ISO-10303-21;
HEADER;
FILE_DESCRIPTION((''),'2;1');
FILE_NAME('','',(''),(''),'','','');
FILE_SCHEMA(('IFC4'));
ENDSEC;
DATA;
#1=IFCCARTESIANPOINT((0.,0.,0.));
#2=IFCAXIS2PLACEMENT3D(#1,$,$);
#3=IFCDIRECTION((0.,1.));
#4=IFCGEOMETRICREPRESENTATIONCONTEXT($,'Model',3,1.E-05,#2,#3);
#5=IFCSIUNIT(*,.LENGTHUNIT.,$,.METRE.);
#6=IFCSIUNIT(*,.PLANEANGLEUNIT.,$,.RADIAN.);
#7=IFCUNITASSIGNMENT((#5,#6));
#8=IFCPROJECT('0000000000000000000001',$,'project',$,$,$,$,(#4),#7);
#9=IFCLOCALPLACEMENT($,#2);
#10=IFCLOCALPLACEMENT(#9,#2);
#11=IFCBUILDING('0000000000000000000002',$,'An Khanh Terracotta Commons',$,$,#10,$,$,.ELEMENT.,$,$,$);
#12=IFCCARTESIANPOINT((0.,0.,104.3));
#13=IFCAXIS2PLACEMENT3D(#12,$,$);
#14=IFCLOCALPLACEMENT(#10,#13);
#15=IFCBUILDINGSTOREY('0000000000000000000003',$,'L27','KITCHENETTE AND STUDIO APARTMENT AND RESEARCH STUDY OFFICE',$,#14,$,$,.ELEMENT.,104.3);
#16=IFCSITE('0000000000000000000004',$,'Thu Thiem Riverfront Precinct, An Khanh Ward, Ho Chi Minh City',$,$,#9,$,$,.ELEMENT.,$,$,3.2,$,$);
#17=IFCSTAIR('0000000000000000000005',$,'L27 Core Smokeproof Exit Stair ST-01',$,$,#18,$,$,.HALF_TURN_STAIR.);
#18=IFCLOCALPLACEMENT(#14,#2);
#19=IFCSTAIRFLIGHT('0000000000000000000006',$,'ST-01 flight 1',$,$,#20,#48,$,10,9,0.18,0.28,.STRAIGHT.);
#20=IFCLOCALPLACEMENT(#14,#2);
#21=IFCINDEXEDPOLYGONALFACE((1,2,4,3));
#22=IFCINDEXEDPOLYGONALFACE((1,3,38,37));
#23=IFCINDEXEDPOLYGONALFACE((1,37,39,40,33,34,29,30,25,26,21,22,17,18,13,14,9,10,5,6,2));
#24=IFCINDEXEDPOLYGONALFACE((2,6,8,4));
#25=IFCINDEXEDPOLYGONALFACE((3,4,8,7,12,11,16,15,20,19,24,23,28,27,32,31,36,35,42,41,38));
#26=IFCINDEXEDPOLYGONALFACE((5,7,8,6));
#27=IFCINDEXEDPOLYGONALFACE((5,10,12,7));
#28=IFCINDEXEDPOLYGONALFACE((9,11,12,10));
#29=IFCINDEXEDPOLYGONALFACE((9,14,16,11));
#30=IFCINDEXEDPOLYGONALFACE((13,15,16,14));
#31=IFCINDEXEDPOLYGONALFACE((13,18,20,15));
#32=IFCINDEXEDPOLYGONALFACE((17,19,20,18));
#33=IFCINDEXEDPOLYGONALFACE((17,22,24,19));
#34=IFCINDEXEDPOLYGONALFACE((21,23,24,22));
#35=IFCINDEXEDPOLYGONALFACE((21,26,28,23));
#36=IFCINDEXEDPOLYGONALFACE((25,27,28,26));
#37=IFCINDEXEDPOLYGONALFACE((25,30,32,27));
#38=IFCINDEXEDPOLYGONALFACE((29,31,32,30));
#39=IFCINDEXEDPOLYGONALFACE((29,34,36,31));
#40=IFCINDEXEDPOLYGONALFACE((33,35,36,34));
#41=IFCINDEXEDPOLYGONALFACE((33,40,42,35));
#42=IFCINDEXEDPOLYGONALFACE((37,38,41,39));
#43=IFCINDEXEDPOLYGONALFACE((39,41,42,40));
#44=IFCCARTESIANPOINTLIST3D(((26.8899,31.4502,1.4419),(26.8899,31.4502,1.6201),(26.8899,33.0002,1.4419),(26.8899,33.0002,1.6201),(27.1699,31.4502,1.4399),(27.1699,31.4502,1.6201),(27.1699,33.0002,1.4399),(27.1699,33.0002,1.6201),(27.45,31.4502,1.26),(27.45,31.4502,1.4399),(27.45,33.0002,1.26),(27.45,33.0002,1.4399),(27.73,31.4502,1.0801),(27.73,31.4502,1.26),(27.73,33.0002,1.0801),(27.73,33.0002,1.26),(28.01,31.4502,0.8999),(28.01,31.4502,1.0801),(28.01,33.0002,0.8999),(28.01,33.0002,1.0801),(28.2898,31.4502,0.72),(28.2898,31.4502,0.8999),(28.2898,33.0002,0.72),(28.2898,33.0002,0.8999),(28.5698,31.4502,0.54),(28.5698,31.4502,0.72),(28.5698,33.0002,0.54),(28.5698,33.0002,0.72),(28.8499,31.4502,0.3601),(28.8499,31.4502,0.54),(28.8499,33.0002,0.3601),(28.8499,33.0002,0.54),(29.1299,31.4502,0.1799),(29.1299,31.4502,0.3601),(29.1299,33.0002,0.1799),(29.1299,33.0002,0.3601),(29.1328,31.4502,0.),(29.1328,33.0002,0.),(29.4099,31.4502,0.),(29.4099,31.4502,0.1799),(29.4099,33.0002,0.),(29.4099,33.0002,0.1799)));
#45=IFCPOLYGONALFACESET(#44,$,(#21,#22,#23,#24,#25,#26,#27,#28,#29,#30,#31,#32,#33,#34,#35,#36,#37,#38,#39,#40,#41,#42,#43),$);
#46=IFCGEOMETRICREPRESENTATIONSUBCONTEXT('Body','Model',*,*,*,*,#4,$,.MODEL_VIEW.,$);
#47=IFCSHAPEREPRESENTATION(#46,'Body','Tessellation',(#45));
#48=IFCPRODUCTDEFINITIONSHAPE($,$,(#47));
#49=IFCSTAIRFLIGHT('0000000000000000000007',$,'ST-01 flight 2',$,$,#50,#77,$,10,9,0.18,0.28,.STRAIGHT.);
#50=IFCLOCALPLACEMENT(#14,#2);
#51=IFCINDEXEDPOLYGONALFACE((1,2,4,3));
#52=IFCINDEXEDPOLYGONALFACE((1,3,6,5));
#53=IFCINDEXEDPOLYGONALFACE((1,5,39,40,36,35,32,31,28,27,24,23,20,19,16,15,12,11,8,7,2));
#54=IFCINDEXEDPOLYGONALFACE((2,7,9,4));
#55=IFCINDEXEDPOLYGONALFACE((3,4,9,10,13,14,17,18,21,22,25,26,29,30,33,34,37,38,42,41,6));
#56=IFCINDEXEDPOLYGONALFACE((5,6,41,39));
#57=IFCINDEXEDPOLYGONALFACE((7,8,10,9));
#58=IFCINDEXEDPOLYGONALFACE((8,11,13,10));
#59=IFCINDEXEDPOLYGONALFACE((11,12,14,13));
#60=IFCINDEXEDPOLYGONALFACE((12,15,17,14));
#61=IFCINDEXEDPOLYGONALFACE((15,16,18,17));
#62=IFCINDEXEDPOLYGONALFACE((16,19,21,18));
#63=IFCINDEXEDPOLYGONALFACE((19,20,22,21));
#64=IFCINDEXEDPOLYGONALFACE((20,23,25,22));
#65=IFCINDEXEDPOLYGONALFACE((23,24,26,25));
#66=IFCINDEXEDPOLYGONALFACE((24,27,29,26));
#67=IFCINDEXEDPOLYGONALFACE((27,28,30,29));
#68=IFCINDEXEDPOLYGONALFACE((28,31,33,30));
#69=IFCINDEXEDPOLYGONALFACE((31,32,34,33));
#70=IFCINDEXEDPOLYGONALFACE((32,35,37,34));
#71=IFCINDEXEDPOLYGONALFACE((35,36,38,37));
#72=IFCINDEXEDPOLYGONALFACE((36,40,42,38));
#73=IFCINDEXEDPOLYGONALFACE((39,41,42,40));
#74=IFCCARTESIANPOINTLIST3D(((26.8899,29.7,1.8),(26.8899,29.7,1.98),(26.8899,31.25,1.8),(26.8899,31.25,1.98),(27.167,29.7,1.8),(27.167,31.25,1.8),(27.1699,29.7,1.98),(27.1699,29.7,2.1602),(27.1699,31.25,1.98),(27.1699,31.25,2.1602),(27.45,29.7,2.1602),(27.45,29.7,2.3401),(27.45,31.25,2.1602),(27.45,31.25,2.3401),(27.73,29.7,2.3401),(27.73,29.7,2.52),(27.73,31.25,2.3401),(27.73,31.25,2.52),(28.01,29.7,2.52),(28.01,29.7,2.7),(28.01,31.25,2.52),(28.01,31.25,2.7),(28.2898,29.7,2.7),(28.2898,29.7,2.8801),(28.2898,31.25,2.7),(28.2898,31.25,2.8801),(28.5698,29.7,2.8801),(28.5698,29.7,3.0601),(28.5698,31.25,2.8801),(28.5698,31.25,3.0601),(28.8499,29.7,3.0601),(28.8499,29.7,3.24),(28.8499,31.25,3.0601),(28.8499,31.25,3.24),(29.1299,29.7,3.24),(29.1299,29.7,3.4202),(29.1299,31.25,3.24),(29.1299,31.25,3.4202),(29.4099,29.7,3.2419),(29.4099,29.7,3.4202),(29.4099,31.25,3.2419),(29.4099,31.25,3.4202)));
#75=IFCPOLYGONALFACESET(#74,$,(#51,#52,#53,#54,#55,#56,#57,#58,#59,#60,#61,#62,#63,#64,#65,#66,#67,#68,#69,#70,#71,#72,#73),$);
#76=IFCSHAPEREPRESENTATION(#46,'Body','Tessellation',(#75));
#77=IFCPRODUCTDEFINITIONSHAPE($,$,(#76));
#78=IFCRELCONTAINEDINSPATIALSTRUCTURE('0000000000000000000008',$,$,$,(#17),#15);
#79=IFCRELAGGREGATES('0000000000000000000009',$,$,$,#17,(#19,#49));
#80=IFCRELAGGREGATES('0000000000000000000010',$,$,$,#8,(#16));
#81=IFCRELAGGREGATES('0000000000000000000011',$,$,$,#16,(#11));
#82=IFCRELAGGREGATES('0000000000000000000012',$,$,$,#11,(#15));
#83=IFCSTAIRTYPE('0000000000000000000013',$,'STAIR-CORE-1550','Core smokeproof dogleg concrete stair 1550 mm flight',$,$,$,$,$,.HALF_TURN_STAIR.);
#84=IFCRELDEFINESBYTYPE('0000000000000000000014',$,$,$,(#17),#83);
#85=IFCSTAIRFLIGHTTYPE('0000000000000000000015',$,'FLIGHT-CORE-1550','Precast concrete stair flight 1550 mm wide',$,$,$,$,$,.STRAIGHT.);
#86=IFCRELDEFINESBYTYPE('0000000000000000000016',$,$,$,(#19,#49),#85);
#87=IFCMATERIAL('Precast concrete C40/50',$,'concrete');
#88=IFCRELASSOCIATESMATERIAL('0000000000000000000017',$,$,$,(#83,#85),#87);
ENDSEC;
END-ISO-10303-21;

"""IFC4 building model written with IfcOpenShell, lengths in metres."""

from ifc_helpers import new_model, si_unit, direction, frame, origin, place, context, subcontext, project, spatial, polyline, outline, extrude, material, type_object, element, aggregate, save


model = new_model("IFC4")

# Units and contexts
model_context = context("Model", 3, precision=1e-05, world=origin(), true_north=direction((0.0, 1.0)))
body_context = subcontext(model_context, "Body", "Model", "MODEL_VIEW")
ifc_project = project(units=[si_unit("LENGTHUNIT", "METRE"), si_unit("PLANEANGLEUNIT", "RADIAN")], contexts=[model_context])

# Site, building, storey
site_placement = place(None, origin())
site = spatial("IfcSite", under=ifc_project, at=site_placement, Name="Thu Thiem Riverfront Precinct, An Khanh Ward, Ho Chi Minh City", CompositionType="ELEMENT", RefElevation=3.2)
building_placement = place(site_placement, origin())
building = spatial("IfcBuilding", under=site, at=building_placement, Name="An Khanh Terracotta Commons", CompositionType="ELEMENT")
storey_placement = place(building_placement, frame((0.0, 0.0, 104.3)))
storey = spatial("IfcBuildingStorey", under=building, at=storey_placement, Name="L27", Description="KITCHENETTE AND STUDIO APARTMENT AND RESEARCH STUDY OFFICE", CompositionType="ELEMENT", Elevation=104.3)

# Stair, stair flights
ifc_material_1 = material(Name="Precast concrete C40/50", Category="concrete")
stair_type = type_object("IfcStairType", Name="STAIR-CORE-1550", Description="Core smokeproof dogleg concrete stair 1550 mm flight", PredefinedType="HALF_TURN_STAIR", material=ifc_material_1)
stair_placement = place(storey_placement, origin())
stair = element("IfcStair", 1, at=stair_placement, inside=storey, type_object=stair_type, Name="L27 Core Smokeproof Exit Stair ST-01", PredefinedType="HALF_TURN_STAIR")
stair_flight_type = type_object("IfcStairFlightType", Name="FLIGHT-CORE-1550", Description="Precast concrete stair flight 1550 mm wide", PredefinedType="STRAIGHT", material=ifc_material_1)
stair_flight_1_placement = place(storey_placement, frame((29.4099, 32.2251, 0.0), z_axis=(0.0, 0.0, 1.0), x_axis=(-1.0, 0.0, 0.0)))
stair_flight_1 = element("IfcStairFlight", 2, at=stair_flight_1_placement, type_object=stair_flight_type, Name="ST-01 flight 1", NumberOfRisers=10, NumberOfTreads=9, PredefinedType="STRAIGHT", RiserHeight=0.18, TreadLength=0.28, context=body_context, shape_type="SweptSolid", body=[
    extrude(outline(polyline([(0.0, 0.0), (0.0, 0.1799), (0.28, 0.1799), (0.28, 0.3601), (0.5601, 0.3601), (0.5601, 0.54), (0.8401, 0.54), (0.8401, 0.72), (1.1201, 0.72), (1.1201, 0.8999), (1.3999, 0.8999), (1.3999, 1.0801), (1.6799, 1.0801), (1.6799, 1.26), (1.96, 1.26), (1.96, 1.4399), (2.24, 1.4399), (2.24, 1.6201), (2.52, 1.6201), (2.52, 1.8), (2.52, 1.4419), (0.2771, 0.0), (0.0, 0.0)])), frame((0.0, 0.7749, 0.0), z_axis=(0.0, -1.0, 0.0), x_axis=(1.0, 0.0, 0.0)), (0.0, 0.0, 1.0), 1.55),
])
stair_flight_2_placement = place(storey_placement, frame((26.8899, 30.4751, 1.8), z_axis=(0.0, 0.0, 1.0), x_axis=(1.0, 0.0, 0.0)))
stair_flight_2 = element("IfcStairFlight", 3, at=stair_flight_2_placement, type_object=stair_flight_type, Name="ST-01 flight 2", NumberOfRisers=10, NumberOfTreads=9, PredefinedType="STRAIGHT", RiserHeight=0.18, TreadLength=0.28, context=body_context, shape_type="SweptSolid", body=[
    extrude(outline(polyline([(0.0, 0.0), (0.0, 0.1799), (0.28, 0.1799), (0.28, 0.3601), (0.5601, 0.3601), (0.5601, 0.54), (0.8401, 0.54), (0.8401, 0.72), (1.1201, 0.72), (1.1201, 0.8999), (1.3999, 0.8999), (1.3999, 1.0801), (1.6799, 1.0801), (1.6799, 1.26), (1.96, 1.26), (1.96, 1.4399), (2.24, 1.4399), (2.24, 1.6201), (2.52, 1.6201), (2.52, 1.8), (2.52, 1.4419), (0.2771, 0.0), (0.0, 0.0)])), frame((0.0, 0.7749, 0.0), z_axis=(0.0, -1.0, 0.0), x_axis=(1.0, 0.0, 0.0)), (0.0, 0.0, 1.0), 1.55),
])
aggregate(stair, [stair_flight_1, stair_flight_2])

save(model, "model.ifc")
